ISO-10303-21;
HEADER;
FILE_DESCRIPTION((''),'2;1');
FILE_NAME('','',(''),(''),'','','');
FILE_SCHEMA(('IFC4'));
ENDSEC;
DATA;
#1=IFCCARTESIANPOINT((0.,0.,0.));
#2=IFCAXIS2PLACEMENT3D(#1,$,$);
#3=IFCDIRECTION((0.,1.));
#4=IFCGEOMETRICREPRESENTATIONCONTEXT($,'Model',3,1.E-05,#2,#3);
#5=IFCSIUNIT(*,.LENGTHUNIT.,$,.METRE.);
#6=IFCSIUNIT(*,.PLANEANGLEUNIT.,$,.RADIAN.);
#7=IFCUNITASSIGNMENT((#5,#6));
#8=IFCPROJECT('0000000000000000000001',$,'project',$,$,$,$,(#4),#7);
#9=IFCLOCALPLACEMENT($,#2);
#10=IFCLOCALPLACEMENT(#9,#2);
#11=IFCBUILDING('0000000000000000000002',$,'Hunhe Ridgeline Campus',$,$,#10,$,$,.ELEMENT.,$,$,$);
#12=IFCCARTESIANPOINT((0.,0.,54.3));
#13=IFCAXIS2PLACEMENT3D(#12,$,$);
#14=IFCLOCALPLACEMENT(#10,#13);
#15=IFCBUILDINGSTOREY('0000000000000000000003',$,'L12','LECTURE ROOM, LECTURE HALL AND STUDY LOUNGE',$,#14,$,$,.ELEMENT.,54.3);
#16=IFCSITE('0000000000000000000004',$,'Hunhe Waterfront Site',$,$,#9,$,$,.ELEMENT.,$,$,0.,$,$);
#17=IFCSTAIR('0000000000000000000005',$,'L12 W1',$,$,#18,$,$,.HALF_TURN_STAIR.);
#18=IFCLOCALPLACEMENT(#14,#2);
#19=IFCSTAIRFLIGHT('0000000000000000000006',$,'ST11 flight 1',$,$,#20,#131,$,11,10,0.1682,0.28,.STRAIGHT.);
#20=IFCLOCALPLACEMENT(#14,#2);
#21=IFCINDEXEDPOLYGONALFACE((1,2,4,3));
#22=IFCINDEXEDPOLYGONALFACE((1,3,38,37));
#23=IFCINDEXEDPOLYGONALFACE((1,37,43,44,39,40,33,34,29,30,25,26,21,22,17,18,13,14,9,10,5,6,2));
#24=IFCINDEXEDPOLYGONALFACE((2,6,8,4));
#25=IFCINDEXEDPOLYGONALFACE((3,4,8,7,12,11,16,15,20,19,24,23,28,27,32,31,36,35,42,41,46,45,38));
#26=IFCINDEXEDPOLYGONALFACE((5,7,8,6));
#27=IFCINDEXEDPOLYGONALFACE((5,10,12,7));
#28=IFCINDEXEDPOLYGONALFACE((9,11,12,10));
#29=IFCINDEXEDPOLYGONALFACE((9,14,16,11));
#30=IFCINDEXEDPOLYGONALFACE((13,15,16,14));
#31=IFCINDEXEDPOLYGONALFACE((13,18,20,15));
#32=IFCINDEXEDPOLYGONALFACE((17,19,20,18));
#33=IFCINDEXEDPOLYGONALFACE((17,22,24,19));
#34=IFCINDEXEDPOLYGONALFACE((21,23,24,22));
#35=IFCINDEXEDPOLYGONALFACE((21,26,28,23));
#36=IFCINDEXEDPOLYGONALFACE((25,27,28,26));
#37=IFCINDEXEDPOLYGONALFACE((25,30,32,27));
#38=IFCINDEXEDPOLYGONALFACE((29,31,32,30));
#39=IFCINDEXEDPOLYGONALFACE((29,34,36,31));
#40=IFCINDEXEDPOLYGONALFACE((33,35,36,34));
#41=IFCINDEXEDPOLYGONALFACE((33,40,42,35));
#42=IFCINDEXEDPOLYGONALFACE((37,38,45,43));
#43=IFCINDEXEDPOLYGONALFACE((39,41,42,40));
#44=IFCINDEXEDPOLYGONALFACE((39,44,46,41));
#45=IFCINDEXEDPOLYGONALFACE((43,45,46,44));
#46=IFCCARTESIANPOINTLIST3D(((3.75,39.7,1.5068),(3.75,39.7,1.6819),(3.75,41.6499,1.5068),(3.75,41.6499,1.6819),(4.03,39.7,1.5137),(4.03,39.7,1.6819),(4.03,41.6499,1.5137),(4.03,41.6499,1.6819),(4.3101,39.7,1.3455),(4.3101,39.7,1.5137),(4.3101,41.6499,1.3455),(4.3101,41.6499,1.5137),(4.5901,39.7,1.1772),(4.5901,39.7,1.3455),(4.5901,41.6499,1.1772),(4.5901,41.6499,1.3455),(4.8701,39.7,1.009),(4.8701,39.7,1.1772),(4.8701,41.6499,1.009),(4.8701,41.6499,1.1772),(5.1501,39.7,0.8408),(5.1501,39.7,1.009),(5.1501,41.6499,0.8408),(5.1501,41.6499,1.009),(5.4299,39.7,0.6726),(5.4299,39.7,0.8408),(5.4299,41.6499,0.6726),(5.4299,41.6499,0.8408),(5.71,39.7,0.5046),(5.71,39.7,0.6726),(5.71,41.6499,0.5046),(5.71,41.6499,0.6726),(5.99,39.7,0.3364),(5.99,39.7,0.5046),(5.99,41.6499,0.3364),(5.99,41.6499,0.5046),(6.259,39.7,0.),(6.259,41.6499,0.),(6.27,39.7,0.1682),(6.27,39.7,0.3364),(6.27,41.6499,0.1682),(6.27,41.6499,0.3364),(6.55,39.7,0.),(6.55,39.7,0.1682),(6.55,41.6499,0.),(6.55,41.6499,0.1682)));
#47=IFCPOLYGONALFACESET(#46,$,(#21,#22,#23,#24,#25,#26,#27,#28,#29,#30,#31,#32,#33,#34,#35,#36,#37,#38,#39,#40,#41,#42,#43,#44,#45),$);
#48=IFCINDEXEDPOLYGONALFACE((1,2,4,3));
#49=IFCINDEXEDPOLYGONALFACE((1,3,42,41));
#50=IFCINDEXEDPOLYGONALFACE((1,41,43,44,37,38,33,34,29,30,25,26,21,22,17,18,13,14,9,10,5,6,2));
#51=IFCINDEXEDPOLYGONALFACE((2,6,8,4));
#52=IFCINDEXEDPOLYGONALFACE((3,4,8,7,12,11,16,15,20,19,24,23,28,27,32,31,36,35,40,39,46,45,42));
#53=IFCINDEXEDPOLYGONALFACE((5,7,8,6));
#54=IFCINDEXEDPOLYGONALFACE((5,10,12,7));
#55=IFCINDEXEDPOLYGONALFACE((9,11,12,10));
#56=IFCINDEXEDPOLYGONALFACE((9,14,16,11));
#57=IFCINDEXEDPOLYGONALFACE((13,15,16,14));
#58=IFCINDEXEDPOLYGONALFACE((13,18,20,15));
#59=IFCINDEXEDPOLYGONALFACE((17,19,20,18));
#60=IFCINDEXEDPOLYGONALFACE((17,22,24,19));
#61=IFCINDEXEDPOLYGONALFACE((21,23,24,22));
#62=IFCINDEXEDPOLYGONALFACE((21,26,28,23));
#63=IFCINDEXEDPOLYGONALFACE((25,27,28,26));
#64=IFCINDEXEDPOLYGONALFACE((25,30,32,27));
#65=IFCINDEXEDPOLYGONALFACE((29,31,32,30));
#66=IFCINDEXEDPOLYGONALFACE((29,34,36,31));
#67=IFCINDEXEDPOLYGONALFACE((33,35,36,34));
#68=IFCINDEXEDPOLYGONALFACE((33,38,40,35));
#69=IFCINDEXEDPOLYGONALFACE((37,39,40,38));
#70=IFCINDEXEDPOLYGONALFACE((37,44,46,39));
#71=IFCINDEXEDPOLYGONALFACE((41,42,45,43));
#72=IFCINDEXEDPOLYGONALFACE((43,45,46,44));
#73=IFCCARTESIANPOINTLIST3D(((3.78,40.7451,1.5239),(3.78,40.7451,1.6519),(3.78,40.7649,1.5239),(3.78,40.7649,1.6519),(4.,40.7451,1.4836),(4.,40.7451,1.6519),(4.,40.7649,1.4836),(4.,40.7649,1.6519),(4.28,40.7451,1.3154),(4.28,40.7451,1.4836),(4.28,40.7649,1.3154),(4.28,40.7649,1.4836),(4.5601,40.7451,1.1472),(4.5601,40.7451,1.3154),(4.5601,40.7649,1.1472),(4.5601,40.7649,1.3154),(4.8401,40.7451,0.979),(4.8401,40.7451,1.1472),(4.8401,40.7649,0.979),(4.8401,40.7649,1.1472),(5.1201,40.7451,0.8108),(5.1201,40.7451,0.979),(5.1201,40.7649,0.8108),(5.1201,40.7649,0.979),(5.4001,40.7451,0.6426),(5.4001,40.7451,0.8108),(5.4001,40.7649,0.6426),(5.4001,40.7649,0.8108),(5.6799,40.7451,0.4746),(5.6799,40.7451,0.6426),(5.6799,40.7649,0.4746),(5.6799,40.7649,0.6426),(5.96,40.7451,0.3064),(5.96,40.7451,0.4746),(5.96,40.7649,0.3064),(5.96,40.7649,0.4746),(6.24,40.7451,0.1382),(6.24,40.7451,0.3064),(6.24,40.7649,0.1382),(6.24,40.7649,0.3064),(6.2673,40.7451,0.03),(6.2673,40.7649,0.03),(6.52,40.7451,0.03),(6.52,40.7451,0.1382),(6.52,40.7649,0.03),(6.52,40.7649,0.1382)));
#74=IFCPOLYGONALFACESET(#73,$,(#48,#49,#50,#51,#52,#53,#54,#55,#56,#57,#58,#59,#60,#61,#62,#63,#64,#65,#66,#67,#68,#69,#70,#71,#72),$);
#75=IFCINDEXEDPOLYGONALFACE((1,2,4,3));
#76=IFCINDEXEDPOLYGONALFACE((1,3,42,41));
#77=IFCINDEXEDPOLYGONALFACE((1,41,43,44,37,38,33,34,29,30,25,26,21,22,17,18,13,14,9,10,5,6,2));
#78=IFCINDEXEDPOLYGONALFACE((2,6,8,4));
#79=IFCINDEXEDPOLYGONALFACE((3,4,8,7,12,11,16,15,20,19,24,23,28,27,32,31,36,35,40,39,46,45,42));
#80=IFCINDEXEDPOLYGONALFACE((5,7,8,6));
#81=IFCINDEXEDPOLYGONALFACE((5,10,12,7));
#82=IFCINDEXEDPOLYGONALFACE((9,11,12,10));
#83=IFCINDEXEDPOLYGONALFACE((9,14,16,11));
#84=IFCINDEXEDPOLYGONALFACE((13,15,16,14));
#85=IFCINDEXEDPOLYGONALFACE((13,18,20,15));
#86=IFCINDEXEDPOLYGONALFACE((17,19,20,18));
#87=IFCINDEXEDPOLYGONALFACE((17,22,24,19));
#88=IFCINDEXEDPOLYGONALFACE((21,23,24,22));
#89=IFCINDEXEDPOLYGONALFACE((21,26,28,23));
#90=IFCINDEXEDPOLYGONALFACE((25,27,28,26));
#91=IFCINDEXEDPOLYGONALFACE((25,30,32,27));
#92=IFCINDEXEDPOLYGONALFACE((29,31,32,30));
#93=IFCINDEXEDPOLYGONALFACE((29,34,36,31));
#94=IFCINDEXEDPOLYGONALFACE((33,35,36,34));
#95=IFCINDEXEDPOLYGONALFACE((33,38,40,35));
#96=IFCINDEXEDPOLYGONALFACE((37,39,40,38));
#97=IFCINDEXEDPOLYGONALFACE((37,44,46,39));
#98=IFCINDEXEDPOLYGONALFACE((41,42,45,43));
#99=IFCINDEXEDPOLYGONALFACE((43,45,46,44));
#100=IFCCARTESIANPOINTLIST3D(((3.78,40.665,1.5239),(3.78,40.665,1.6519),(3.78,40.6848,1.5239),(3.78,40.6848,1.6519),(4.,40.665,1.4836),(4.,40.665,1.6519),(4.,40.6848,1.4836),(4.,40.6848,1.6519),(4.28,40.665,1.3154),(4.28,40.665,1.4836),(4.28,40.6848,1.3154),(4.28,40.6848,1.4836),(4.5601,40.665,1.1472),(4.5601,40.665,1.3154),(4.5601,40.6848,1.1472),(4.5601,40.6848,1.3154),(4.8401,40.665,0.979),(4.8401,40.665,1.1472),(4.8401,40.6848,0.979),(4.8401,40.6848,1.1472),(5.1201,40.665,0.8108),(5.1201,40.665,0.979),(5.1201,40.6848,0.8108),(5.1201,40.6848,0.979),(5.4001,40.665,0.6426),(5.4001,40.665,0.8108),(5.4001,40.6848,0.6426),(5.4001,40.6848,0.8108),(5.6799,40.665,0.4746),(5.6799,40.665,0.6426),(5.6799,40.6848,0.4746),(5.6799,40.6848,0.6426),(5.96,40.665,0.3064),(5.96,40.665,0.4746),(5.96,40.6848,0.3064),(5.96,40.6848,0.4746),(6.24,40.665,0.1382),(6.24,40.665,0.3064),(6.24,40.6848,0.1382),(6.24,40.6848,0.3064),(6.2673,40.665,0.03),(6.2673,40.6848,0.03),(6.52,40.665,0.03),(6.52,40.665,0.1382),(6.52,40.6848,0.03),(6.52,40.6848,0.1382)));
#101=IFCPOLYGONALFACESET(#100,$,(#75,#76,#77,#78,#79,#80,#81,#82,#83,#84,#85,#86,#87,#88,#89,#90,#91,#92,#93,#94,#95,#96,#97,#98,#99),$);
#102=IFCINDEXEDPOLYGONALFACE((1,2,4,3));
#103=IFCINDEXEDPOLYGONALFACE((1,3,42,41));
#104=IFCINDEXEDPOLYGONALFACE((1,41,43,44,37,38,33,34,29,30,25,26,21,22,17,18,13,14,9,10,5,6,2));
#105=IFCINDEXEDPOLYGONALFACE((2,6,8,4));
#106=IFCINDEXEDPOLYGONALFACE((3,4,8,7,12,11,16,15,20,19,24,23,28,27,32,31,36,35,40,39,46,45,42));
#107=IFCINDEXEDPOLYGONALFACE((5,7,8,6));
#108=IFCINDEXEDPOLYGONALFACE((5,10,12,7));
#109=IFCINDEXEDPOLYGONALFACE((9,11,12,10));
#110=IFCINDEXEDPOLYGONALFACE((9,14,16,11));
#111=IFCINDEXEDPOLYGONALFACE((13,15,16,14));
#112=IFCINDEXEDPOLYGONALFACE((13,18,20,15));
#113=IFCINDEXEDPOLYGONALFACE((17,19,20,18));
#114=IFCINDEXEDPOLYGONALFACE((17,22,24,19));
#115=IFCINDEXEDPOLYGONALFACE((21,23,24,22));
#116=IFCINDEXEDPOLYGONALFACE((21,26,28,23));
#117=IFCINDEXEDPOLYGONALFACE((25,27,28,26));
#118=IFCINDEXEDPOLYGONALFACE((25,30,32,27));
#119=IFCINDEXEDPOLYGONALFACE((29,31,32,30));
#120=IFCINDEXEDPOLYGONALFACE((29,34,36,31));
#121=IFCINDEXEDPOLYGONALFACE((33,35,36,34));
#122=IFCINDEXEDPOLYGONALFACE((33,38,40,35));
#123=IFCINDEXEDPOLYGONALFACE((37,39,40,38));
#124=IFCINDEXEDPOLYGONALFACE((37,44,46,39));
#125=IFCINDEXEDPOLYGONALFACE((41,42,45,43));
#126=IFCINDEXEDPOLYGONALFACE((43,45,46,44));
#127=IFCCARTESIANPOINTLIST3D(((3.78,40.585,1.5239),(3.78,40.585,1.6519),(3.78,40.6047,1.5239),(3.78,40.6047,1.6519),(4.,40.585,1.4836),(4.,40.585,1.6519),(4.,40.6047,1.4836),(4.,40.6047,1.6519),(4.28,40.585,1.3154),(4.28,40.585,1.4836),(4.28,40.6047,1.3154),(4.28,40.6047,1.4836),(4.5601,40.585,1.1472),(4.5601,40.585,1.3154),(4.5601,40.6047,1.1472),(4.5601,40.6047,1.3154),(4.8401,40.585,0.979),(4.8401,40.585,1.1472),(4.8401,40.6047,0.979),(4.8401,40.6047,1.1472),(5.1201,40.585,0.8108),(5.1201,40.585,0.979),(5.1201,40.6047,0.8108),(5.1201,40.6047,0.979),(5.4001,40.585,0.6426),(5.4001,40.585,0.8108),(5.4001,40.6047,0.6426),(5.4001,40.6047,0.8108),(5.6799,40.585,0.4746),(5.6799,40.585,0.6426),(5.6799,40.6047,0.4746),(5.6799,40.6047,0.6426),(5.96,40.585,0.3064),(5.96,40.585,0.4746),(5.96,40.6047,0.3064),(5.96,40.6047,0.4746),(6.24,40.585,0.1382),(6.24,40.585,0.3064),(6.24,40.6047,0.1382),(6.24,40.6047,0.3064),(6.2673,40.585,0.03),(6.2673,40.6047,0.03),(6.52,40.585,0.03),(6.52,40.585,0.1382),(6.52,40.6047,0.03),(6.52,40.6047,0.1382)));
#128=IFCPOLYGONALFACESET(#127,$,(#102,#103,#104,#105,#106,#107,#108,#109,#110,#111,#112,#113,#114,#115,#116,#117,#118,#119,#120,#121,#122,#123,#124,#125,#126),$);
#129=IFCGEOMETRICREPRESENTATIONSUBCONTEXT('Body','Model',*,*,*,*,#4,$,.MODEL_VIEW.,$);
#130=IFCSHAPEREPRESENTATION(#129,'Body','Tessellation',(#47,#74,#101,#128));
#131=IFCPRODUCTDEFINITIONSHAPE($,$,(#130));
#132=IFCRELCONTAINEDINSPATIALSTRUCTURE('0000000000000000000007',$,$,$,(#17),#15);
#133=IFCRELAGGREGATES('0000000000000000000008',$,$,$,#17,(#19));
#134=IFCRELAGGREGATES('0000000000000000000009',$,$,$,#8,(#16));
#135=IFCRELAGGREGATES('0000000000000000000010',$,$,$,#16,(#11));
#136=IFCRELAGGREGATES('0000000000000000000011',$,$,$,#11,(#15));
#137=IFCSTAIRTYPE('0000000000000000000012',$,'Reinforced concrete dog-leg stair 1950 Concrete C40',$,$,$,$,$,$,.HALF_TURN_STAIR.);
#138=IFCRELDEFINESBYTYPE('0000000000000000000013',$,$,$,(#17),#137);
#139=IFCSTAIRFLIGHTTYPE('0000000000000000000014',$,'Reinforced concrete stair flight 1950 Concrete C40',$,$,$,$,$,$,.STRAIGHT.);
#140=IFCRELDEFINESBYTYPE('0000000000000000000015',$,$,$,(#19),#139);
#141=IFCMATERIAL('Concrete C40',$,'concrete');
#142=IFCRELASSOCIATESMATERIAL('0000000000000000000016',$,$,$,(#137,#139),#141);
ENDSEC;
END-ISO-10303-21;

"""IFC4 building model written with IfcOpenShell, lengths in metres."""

from ifc_helpers import new_model, si_unit, direction, frame, origin, place, context, subcontext, project, spatial, polyline, outline, extrude, material, type_object, element, aggregate, save


model = new_model("IFC4")

# Units and contexts
model_context = context("Model", 3, precision=1e-05, world=origin(), true_north=direction((0.0, 1.0)))
body_context = subcontext(model_context, "Body", "Model", "MODEL_VIEW")
ifc_project = project(units=[si_unit("LENGTHUNIT", "METRE"), si_unit("PLANEANGLEUNIT", "RADIAN")], contexts=[model_context])

# Site, building, storey
site_placement = place(None, origin())
site = spatial("IfcSite", under=ifc_project, at=site_placement, Name="Hunhe Waterfront Site", CompositionType="ELEMENT", RefElevation=0.0)
building_placement = place(site_placement, origin())
building = spatial("IfcBuilding", under=site, at=building_placement, Name="Hunhe Ridgeline Campus", CompositionType="ELEMENT")
storey_placement = place(building_placement, frame((0.0, 0.0, 54.3)))
storey = spatial("IfcBuildingStorey", under=building, at=storey_placement, Name="L12", Description="LECTURE ROOM, LECTURE HALL AND STUDY LOUNGE", CompositionType="ELEMENT", Elevation=54.3)

# Stair, stair flight
ifc_material_1 = material(Name="Concrete C40", Category="concrete")
stair_type = type_object("IfcStairType", Name="Reinforced concrete dog-leg stair 1950 Concrete C40", PredefinedType="HALF_TURN_STAIR", material=ifc_material_1)
stair_placement = place(storey_placement, origin())
stair = element("IfcStair", 1, at=stair_placement, inside=storey, type_object=stair_type, Name="L12 W1", PredefinedType="HALF_TURN_STAIR")
stair_flight_type = type_object("IfcStairFlightType", Name="Reinforced concrete stair flight 1950 Concrete C40", PredefinedType="STRAIGHT", material=ifc_material_1)
stair_flight_1_placement = place(storey_placement, frame((6.55, 40.675, 0.0), z_axis=(0.0, 0.0, 1.0), x_axis=(-1.0, 0.0, 0.0)))
stair_flight_1 = element("IfcStairFlight", 2, at=stair_flight_1_placement, type_object=stair_flight_type, Name="ST11 flight 1", NumberOfRisers=11, NumberOfTreads=10, PredefinedType="STRAIGHT", RiserHeight=0.1682, TreadLength=0.28, context=body_context, shape_type="SweptSolid", body=[
    extrude(outline(polyline([(0.0, 0.0), (0.0, 0.1682), (0.28, 0.1682), (0.28, 0.3364), (0.5601, 0.3364), (0.5601, 0.5046), (0.8401, 0.5046), (0.8401, 0.6726), (1.1201, 0.6726), (1.1201, 0.8408), (1.3999, 0.8408), (1.3999, 1.009), (1.6799, 1.009), (1.6799, 1.1772), (1.96, 1.1772), (1.96, 1.3455), (2.24, 1.3455), (2.24, 1.5137), (2.52, 1.5137), (2.52, 1.6819), (2.8, 1.6819), (2.8, 1.8501), (2.8, 1.5068), (0.291, 0.0), (0.0, 0.0)])), frame((0.0, 0.9751, 0.0), z_axis=(0.0, -1.0, 0.0), x_axis=(1.0, 0.0, 0.0)), (0.0, 0.0, 1.0), 1.95),
    extrude(outline(polyline([(0.03, 0.03), (0.03, 0.1382), (0.3101, 0.1382), (0.3101, 0.3064), (0.5901, 0.3064), (0.5901, 0.4746), (0.8701, 0.4746), (0.8701, 0.6426), (1.1499, 0.6426), (1.1499, 0.8108), (1.4299, 0.8108), (1.4299, 0.979), (1.71, 0.979), (1.71, 1.1472), (1.99, 1.1472), (1.99, 1.3154), (2.27, 1.3154), (2.27, 1.4836), (2.55, 1.4836), (2.55, 1.6519), (2.77, 1.6519), (2.77, 1.5239), (0.2827, 0.03), (0.03, 0.03)])), frame((0.0, -0.0701, 0.0), z_axis=(0.0, -1.0, 0.0), x_axis=(1.0, 0.0, 0.0)), (0.0, 0.0, 1.0), 0.0198),
    extrude(outline(polyline([(0.03, 0.03), (0.03, 0.1382), (0.3101, 0.1382), (0.3101, 0.3064), (0.5901, 0.3064), (0.5901, 0.4746), (0.8701, 0.4746), (0.8701, 0.6426), (1.1499, 0.6426), (1.1499, 0.8108), (1.4299, 0.8108), (1.4299, 0.979), (1.71, 0.979), (1.71, 1.1472), (1.99, 1.1472), (1.99, 1.3154), (2.27, 1.3154), (2.27, 1.4836), (2.55, 1.4836), (2.55, 1.6519), (2.77, 1.6519), (2.77, 1.5239), (0.2827, 0.03), (0.03, 0.03)])), frame((0.0, 0.01, 0.0), z_axis=(0.0, -1.0, 0.0), x_axis=(1.0, 0.0, 0.0)), (0.0, 0.0, 1.0), 0.0198),
    extrude(outline(polyline([(0.03, 0.03), (0.03, 0.1382), (0.3101, 0.1382), (0.3101, 0.3064), (0.5901, 0.3064), (0.5901, 0.4746), (0.8701, 0.4746), (0.8701, 0.6426), (1.1499, 0.6426), (1.1499, 0.8108), (1.4299, 0.8108), (1.4299, 0.979), (1.71, 0.979), (1.71, 1.1472), (1.99, 1.1472), (1.99, 1.3154), (2.27, 1.3154), (2.27, 1.4836), (2.55, 1.4836), (2.55, 1.6519), (2.77, 1.6519), (2.77, 1.5239), (0.2827, 0.03), (0.03, 0.03)])), frame((0.0, 0.0901, 0.0), z_axis=(0.0, -1.0, 0.0), x_axis=(1.0, 0.0, 0.0)), (0.0, 0.0, 1.0), 0.0198),
])
aggregate(stair, [stair_flight_1])

save(model, "model.ifc")
